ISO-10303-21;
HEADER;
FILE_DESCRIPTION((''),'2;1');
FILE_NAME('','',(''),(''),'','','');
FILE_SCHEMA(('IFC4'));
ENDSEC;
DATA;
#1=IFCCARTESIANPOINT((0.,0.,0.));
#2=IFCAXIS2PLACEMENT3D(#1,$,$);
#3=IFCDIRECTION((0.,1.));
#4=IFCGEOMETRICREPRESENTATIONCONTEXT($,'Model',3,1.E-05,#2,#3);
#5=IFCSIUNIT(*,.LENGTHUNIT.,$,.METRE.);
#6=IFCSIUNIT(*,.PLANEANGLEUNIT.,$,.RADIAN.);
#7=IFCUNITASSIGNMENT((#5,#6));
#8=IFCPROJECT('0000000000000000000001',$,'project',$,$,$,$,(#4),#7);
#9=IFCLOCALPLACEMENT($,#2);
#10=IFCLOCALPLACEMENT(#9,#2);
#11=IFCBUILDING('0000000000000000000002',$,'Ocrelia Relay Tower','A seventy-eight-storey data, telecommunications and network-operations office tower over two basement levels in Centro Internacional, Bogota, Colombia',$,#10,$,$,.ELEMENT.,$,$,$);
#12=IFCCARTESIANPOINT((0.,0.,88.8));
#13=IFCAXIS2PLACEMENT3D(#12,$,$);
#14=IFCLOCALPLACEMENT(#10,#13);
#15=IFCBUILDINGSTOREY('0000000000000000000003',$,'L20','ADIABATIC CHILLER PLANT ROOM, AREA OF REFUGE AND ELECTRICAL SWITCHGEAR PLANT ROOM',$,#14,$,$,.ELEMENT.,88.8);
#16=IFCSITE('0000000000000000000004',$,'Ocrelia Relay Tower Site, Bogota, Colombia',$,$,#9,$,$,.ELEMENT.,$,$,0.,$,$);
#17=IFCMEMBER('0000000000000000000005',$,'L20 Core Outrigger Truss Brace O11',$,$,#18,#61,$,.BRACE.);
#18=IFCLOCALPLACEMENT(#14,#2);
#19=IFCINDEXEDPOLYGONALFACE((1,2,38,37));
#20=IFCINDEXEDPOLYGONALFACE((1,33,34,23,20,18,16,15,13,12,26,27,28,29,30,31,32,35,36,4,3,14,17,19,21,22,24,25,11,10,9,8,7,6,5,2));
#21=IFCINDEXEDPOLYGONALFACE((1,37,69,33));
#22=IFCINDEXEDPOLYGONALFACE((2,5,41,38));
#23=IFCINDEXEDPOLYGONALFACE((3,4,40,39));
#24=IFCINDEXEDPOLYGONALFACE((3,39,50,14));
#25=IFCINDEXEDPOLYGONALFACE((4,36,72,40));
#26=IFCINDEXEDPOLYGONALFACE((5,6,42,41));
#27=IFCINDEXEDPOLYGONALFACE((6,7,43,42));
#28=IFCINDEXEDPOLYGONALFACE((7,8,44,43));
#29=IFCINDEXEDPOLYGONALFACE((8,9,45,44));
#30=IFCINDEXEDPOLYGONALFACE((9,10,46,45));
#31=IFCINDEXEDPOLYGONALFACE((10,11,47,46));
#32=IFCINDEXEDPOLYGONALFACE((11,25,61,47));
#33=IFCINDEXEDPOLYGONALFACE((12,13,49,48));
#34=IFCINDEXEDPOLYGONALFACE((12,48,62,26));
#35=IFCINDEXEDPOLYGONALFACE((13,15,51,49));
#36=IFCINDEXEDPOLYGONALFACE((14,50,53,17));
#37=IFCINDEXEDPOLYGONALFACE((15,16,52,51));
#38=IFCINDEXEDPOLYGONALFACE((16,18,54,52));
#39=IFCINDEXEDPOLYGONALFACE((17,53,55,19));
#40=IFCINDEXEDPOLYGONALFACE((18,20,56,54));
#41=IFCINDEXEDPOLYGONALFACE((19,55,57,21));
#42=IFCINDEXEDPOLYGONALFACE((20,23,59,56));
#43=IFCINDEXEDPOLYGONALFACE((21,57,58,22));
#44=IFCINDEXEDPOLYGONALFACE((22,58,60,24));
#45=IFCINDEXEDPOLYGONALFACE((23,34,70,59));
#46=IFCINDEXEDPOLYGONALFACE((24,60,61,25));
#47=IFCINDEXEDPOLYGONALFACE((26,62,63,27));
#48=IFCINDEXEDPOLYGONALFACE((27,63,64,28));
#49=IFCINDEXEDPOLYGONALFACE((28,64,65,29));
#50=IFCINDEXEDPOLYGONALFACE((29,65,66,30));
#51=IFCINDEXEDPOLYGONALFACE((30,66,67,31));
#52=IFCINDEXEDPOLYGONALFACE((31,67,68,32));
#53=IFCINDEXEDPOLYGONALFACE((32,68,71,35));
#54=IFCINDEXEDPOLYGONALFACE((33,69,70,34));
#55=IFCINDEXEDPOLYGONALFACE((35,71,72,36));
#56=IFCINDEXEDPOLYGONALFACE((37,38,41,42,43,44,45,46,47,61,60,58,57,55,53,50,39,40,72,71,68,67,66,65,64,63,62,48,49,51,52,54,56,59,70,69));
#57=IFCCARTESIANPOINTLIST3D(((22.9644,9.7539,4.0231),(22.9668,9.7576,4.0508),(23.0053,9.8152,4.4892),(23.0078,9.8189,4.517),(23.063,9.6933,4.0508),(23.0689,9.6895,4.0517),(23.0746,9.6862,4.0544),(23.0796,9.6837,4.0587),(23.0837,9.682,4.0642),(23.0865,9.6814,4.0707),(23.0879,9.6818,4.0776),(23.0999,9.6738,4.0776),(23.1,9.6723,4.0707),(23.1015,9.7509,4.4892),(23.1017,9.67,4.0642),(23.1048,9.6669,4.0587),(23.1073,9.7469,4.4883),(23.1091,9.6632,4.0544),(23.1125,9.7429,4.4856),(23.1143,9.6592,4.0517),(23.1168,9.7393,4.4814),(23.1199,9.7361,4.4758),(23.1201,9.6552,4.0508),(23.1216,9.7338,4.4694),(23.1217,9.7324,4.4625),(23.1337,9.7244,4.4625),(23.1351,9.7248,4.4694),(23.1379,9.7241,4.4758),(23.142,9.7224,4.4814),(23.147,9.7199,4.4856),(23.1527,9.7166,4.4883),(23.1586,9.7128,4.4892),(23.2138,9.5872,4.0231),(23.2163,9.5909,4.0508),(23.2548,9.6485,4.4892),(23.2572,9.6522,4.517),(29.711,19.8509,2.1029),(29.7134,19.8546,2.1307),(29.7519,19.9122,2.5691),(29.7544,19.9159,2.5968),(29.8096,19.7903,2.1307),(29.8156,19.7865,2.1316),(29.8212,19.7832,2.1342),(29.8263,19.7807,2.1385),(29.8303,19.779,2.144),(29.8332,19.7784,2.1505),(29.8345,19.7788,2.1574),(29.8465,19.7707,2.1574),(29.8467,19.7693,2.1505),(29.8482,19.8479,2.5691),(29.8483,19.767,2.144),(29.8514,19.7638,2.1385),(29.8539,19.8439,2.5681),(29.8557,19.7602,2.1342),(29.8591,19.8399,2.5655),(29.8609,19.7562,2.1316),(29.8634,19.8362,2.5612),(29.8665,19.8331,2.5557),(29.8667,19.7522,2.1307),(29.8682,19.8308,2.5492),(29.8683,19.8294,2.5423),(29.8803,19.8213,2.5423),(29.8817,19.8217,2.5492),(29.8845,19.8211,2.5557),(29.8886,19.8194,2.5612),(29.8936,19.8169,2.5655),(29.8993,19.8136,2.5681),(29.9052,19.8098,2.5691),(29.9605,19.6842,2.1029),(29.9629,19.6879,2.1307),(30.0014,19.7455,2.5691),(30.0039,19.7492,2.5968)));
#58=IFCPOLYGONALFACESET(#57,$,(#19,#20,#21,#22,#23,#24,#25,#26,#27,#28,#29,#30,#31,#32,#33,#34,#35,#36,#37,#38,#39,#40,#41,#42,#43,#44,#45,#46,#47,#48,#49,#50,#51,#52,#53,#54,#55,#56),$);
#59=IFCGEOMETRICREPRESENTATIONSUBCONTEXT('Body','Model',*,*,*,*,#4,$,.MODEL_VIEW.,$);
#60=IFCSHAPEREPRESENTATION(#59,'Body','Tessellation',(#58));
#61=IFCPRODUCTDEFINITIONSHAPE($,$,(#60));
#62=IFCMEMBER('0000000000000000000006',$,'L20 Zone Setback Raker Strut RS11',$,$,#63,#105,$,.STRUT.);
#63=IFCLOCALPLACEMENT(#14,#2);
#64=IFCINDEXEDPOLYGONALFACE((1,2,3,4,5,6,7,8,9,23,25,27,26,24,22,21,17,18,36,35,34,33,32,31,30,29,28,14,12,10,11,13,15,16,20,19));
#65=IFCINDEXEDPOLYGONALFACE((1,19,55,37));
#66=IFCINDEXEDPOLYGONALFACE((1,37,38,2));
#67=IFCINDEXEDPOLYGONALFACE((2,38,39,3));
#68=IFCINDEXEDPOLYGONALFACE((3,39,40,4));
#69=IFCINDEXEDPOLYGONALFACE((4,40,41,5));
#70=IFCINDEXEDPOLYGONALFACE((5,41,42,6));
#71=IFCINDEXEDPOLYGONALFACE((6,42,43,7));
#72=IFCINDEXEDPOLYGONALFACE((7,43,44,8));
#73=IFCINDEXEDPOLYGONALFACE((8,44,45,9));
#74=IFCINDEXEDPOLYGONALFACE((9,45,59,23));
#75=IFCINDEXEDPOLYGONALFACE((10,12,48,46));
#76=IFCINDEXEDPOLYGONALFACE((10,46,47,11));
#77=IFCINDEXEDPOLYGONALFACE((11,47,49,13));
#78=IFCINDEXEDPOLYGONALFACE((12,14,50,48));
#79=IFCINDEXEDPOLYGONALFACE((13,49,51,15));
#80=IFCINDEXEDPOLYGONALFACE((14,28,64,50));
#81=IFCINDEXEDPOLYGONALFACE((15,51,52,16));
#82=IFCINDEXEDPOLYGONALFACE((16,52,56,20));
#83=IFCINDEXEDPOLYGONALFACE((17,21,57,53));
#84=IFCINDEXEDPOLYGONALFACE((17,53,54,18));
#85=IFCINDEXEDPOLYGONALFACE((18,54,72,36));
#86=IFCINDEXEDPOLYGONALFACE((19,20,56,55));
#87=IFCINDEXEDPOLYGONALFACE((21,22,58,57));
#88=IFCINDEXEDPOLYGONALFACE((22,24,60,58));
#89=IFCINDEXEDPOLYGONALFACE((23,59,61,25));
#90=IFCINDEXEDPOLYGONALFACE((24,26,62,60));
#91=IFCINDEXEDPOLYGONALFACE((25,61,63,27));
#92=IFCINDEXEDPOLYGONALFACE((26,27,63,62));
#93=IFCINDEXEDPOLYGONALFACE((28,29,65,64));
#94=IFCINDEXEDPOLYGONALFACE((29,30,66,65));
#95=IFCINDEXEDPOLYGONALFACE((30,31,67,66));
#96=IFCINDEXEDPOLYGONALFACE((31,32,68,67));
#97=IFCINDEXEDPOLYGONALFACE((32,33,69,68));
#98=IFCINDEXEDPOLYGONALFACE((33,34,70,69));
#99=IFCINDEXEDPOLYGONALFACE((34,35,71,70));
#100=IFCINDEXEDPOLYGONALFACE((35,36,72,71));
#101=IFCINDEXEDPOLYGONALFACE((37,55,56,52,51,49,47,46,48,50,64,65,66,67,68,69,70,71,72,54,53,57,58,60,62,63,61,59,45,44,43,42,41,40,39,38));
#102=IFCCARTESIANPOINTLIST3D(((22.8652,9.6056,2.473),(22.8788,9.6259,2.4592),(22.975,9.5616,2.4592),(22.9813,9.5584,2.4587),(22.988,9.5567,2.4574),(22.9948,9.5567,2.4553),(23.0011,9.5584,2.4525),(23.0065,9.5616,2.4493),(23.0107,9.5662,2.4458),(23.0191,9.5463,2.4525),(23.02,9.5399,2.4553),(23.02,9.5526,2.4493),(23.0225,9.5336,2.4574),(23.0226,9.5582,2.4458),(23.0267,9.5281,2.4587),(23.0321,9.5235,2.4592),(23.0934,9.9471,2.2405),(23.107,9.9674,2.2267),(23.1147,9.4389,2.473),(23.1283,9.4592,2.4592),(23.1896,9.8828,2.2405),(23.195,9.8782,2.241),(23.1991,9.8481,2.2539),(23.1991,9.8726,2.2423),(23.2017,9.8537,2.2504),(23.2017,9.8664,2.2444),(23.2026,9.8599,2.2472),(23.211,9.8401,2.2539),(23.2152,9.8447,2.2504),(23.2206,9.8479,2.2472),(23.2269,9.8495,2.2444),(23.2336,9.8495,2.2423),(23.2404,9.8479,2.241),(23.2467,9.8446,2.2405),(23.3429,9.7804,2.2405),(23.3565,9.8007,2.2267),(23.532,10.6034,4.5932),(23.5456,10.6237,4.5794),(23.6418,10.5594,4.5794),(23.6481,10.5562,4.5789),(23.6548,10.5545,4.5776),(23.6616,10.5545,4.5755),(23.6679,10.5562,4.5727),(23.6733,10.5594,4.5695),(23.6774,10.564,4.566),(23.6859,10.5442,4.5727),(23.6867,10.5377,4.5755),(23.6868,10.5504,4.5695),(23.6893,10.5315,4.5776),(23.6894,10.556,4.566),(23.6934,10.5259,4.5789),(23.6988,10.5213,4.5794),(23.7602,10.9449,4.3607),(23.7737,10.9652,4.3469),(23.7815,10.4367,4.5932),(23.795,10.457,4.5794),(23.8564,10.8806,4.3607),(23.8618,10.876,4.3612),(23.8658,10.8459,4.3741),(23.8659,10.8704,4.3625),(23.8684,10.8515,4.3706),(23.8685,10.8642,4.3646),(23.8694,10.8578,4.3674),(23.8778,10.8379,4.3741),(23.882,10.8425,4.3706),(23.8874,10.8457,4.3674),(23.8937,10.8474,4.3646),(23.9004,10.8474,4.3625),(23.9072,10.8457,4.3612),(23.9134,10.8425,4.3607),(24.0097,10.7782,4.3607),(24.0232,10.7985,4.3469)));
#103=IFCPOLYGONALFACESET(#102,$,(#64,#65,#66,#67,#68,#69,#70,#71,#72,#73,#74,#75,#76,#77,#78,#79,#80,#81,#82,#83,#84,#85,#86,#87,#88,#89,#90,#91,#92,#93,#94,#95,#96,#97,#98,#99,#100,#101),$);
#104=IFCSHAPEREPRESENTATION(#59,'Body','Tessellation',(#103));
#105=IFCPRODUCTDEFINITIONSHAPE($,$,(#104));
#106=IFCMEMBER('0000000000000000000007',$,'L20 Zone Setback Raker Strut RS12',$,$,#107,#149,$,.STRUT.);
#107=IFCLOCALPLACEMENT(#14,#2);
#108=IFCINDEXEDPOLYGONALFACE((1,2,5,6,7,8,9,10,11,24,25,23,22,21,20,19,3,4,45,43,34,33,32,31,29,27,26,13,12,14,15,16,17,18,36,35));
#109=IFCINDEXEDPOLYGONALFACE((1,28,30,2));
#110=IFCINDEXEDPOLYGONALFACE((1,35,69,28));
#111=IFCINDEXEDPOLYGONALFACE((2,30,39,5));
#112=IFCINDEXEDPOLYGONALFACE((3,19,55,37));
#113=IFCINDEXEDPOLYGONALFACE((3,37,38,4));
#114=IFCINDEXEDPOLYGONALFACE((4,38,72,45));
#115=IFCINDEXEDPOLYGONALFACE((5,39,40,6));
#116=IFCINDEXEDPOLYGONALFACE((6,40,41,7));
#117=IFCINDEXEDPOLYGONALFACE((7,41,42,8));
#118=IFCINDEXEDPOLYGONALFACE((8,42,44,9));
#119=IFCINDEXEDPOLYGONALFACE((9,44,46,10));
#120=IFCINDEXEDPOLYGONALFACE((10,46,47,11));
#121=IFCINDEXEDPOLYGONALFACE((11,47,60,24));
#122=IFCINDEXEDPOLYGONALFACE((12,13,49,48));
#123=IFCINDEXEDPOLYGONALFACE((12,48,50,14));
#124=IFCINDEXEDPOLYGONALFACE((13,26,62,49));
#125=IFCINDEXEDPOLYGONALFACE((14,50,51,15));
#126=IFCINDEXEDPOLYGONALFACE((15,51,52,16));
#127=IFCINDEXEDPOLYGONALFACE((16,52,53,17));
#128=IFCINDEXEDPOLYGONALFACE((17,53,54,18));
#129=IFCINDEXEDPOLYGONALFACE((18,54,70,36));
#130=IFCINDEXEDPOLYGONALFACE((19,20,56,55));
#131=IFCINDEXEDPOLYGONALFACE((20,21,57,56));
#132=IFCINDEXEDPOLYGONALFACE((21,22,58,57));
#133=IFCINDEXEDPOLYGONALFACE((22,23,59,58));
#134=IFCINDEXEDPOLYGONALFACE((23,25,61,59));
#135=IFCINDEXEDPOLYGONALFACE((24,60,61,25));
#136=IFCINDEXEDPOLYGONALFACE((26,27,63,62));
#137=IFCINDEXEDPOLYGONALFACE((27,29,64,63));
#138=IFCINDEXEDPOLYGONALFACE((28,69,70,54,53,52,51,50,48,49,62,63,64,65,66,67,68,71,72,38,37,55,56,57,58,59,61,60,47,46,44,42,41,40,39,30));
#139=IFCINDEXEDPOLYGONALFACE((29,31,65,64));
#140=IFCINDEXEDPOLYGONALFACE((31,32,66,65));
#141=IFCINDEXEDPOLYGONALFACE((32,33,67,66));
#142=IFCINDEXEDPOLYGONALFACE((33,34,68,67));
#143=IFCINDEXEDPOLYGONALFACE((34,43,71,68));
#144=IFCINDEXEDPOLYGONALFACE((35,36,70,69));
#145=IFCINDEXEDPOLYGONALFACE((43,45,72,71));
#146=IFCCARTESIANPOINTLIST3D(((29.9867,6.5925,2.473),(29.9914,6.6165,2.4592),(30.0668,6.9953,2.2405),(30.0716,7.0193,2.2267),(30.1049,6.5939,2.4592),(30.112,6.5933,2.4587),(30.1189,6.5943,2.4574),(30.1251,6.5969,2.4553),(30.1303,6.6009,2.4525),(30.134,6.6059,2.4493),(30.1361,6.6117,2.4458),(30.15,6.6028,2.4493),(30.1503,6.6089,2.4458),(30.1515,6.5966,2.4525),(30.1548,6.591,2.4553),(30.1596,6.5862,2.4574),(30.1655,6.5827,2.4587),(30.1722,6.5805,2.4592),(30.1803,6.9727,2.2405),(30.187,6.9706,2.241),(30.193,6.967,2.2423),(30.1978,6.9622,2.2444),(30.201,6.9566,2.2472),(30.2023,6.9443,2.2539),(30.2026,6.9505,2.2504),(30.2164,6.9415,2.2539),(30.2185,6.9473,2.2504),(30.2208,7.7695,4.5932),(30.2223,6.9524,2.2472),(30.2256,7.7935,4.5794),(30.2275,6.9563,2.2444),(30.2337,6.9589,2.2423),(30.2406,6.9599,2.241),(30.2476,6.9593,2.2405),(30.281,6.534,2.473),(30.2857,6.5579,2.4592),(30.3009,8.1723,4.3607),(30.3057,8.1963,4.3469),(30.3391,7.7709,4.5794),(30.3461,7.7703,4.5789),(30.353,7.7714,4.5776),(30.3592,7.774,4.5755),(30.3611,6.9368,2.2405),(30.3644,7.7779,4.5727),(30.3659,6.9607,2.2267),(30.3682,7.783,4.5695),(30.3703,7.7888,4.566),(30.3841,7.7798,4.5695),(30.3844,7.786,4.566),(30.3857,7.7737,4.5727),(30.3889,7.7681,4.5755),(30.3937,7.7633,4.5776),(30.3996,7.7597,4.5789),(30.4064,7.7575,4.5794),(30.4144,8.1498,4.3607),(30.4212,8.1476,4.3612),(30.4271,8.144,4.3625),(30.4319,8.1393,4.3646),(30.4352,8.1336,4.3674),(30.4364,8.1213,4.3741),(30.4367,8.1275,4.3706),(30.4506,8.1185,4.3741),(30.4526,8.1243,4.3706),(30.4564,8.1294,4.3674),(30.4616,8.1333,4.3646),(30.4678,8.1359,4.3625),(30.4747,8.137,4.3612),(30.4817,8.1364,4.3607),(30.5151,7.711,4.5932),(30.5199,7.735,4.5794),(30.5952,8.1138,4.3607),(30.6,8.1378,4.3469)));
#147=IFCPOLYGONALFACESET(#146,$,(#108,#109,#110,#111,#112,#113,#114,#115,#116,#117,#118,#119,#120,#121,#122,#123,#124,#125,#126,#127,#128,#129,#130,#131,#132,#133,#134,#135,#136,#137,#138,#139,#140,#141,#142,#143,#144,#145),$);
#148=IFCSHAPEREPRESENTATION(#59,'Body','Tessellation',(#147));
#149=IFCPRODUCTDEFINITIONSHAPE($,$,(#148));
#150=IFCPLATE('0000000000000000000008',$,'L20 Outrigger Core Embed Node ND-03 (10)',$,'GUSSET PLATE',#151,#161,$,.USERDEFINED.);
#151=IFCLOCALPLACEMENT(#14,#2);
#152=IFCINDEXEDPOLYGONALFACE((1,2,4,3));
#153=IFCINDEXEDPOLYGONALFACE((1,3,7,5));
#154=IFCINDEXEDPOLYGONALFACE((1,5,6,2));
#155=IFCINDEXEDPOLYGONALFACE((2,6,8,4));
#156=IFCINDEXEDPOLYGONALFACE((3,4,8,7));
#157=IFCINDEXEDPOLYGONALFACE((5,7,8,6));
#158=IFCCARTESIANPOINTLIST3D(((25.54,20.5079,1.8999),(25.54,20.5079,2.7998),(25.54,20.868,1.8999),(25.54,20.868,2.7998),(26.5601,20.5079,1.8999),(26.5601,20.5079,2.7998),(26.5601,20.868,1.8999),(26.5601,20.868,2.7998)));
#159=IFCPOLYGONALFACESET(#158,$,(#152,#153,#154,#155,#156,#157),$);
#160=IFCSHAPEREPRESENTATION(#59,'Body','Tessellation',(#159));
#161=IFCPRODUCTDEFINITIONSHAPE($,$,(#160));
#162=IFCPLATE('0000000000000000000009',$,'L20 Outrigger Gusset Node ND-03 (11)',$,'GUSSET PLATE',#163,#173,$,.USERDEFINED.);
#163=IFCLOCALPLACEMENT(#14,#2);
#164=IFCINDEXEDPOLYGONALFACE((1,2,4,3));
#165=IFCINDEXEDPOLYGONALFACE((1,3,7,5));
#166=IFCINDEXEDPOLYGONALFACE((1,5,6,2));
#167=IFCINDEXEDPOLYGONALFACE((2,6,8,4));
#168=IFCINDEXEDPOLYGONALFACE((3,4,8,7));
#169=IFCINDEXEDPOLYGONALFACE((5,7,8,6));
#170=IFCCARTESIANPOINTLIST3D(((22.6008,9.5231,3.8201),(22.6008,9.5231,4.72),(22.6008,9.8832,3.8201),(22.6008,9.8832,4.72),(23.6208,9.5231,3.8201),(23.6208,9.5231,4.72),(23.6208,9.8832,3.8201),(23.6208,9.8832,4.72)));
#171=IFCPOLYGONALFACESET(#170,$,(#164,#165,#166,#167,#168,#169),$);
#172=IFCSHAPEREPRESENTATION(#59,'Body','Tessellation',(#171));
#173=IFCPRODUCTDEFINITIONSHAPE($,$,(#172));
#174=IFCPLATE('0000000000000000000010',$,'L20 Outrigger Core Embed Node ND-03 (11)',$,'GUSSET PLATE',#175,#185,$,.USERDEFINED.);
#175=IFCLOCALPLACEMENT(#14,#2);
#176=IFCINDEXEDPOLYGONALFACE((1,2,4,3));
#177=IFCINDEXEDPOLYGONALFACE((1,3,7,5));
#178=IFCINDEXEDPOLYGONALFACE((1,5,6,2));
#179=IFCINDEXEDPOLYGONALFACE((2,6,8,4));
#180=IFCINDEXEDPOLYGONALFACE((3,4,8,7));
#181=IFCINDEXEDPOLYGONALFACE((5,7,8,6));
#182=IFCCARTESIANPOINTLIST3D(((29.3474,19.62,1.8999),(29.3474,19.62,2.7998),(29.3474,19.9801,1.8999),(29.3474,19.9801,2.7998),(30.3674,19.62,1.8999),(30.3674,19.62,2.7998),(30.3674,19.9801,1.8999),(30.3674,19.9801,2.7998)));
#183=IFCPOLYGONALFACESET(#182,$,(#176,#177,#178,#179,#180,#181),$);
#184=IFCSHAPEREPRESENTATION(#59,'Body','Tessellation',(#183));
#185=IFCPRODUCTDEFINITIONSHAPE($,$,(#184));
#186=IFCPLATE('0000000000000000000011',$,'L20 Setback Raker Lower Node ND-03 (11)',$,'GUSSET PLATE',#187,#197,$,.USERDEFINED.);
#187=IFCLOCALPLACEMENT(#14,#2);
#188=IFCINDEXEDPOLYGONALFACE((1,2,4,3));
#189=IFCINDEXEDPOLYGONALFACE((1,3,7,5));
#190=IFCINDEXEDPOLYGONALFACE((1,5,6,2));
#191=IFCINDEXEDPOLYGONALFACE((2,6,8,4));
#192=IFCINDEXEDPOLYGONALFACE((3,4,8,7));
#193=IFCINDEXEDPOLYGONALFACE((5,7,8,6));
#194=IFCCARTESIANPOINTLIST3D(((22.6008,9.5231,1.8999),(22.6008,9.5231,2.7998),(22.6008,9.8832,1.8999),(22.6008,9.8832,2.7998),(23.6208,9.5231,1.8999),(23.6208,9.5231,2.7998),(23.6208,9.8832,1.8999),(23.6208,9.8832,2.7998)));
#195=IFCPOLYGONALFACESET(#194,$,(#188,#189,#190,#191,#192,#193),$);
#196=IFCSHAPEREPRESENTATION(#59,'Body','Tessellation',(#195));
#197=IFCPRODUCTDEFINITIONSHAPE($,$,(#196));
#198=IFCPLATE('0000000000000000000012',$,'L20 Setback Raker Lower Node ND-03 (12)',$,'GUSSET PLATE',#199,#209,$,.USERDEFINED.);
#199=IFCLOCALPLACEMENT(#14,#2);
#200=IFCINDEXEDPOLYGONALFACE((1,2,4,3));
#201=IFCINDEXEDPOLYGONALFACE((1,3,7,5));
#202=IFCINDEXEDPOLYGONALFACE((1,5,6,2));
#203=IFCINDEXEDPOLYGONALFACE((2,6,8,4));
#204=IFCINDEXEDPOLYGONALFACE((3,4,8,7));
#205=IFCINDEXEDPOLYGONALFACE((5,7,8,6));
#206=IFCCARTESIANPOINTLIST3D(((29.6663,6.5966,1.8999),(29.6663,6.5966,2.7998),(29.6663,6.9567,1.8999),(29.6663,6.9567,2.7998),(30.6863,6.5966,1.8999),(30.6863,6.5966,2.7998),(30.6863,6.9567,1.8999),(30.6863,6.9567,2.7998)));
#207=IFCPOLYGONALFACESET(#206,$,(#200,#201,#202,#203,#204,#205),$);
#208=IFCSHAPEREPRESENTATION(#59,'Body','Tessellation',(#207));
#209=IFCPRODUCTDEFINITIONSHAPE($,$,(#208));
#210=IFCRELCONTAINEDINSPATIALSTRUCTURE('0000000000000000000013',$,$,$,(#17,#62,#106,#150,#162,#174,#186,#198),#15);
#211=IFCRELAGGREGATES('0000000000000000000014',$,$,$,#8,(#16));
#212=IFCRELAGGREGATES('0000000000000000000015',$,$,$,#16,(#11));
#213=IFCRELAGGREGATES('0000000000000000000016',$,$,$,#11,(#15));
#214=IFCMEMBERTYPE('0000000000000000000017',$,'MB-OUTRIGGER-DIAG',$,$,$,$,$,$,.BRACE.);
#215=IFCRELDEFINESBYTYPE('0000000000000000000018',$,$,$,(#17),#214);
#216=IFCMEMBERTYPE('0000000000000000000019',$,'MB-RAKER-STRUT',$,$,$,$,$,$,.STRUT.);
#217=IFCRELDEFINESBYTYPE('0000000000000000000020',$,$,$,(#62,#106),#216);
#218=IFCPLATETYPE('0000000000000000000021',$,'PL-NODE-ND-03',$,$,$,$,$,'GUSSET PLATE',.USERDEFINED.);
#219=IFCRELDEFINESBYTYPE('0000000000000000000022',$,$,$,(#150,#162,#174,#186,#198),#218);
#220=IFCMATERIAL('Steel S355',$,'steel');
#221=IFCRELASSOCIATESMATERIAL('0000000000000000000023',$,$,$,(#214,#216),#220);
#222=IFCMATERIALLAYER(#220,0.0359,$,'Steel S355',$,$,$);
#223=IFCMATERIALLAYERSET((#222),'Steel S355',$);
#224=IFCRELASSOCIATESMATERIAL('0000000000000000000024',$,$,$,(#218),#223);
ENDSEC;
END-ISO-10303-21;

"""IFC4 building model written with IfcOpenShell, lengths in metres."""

from ifc_helpers import new_model, si_unit, direction, frame, origin, origin_2d, place, context, subcontext, project, spatial, rectangle, i_section, extrude, material, layer, layer_set, material_profile, profile_set, type_object, element, save


model = new_model("IFC4")

# Units and contexts
model_context = context("Model", 3, precision=1e-05, world=origin(), true_north=direction((0.0, 1.0)))
body_context = subcontext(model_context, "Body", "Model", "MODEL_VIEW")
ifc_project = project(units=[si_unit("LENGTHUNIT", "METRE"), si_unit("PLANEANGLEUNIT", "RADIAN")], contexts=[model_context])

# Site, building, storey
site_placement = place(None, origin())
site = spatial("IfcSite", under=ifc_project, at=site_placement, Name="Ocrelia Relay Tower Site, Bogota, Colombia", CompositionType="ELEMENT", RefElevation=0.0)
building_placement = place(site_placement, origin())
building = spatial("IfcBuilding", under=site, at=building_placement, Name="Ocrelia Relay Tower", Description="A seventy-eight-storey data, telecommunications and network-operations office tower over two basement levels in Centro Internacional, Bogota, Colombia", CompositionType="ELEMENT")
storey_placement = place(building_placement, frame((0.0, 0.0, 88.8)))
storey = spatial("IfcBuildingStorey", under=building, at=storey_placement, Name="L20", Description="ADIABATIC CHILLER PLANT ROOM, AREA OF REFUGE AND ELECTRICAL SWITCHGEAR PLANT ROOM", CompositionType="ELEMENT", Elevation=88.8)

# Shared definitions
ifc_material_1 = material(Name="Steel S355", Category="steel")

# Members
ifc_material_profile_1 = material_profile(ifc_material_1, i_section(OverallWidth=0.3, OverallDepth=0.5, WebThickness=0.0144, FlangeThickness=0.0281, FilletRadius=0.0271, at=origin_2d()), Name="HEB 500")
ifc_profile_set_1 = profile_set([ifc_material_profile_1], Name="Steel S355")
member_type_1 = type_object("IfcMemberType", Name="MB-OUTRIGGER-DIAG", PredefinedType="BRACE", material=ifc_profile_set_1)
member_1_placement = place(storey_placement, frame((29.8574, 19.8, 2.3499), z_axis=(-0.548754, -0.821265, 0.156183), x_axis=(0.831468, -0.555572, 0.0)))
element("IfcMember", 1, at=member_1_placement, inside=storey, type_object=member_type_1, Name="L20 Core Outrigger Truss Brace O11", PredefinedType="BRACE", context=body_context, shape_type="SweptSolid", body=[
    extrude(i_section(OverallWidth=0.3, OverallDepth=0.5, WebThickness=0.0144, FlangeThickness=0.0281, FilletRadius=0.0271, at=origin_2d()), origin(), (0.0, 0.0, 1.0), 12.2944),
])
ifc_material_profile_2 = material_profile(ifc_material_1, i_section(OverallWidth=0.3, OverallDepth=0.5, WebThickness=0.0144, FlangeThickness=0.0281, FilletRadius=0.0271, at=origin_2d()), Name="HEB 500")
ifc_profile_set_2 = profile_set([ifc_material_profile_2], Name="Steel S355")
member_type_2 = type_object("IfcMemberType", Name="MB-RAKER-STRUT", PredefinedType="STRUT", material=ifc_profile_set_2)
for number, where, z_axis, x_axis, name in (
    (2, (23.1108, 9.7031, 2.3499), (0.273684, 0.409574, 0.870257), (-0.831455, 0.555592, 0.0), "L20 Zone Setback Raker Strut RS11"),
    (3, (30.1763, 6.7766, 2.3499), (0.096105, 0.483131, 0.870257), (-0.980784, 0.195099, 0.0), "L20 Zone Setback Raker Strut RS12"),
):
    element("IfcMember", number, at=place(storey_placement, frame(where, z_axis=z_axis, x_axis=x_axis)), inside=storey, type_object=member_type_2, Name=name, PredefinedType="STRUT", context=body_context, shape_type="SweptSolid", body=[
        extrude(i_section(OverallWidth=0.3, OverallDepth=0.5, WebThickness=0.0144, FlangeThickness=0.0281, FilletRadius=0.0271, at=origin_2d()), origin(), (0.0, 0.0, 1.0), 2.4363),
    ])

# Plates
ifc_layer_1 = layer(ifc_material_1, 0.0359, Name="Steel S355")
ifc_layer_set_1 = layer_set([ifc_layer_1], Name="Steel S355")
plate_type = type_object("IfcPlateType", Name="PL-NODE-ND-03", ElementType="GUSSET PLATE", PredefinedType="USERDEFINED", material=ifc_layer_set_1)
for number, where, z_axis, x_axis, name in (
    (4, (26.05, 20.688, 1.8999), (0.0, 0.0, 1.0), (1.0, 0.0, 0.0), "L20 Outrigger Core Embed Node ND-03 (10)"),
    (5, (23.1108, 9.7031, 3.8201), (0.0, 0.0, 1.0), (1.0, 0.0, 0.0), "L20 Outrigger Gusset Node ND-03 (11)"),
    (6, (29.8574, 19.8, 1.8999), (0.0, 0.0, 1.0), (1.0, 0.0, 0.0), "L20 Outrigger Core Embed Node ND-03 (11)"),
    (7, (23.1108, 9.7031, 1.8999), (0.0, 0.0, 1.0), (1.0, 0.0, 0.0), "L20 Setback Raker Lower Node ND-03 (11)"),
    (8, (30.1763, 6.7766, 1.8999), (0.0, 0.0, 1.0), (1.0, 0.0, 0.0), "L20 Setback Raker Lower Node ND-03 (12)"),
):
    element("IfcPlate", number, at=place(storey_placement, frame(where, z_axis=z_axis, x_axis=x_axis)), inside=storey, type_object=plate_type, Name=name, ObjectType="GUSSET PLATE", PredefinedType="USERDEFINED", context=body_context, shape_type="SweptSolid", body=[
        extrude(rectangle(XDim=1.02, YDim=0.3601, at=origin_2d()), origin(), (0.0, 0.0, 1.0), 0.8999),
    ])

save(model, "model.ifc")
